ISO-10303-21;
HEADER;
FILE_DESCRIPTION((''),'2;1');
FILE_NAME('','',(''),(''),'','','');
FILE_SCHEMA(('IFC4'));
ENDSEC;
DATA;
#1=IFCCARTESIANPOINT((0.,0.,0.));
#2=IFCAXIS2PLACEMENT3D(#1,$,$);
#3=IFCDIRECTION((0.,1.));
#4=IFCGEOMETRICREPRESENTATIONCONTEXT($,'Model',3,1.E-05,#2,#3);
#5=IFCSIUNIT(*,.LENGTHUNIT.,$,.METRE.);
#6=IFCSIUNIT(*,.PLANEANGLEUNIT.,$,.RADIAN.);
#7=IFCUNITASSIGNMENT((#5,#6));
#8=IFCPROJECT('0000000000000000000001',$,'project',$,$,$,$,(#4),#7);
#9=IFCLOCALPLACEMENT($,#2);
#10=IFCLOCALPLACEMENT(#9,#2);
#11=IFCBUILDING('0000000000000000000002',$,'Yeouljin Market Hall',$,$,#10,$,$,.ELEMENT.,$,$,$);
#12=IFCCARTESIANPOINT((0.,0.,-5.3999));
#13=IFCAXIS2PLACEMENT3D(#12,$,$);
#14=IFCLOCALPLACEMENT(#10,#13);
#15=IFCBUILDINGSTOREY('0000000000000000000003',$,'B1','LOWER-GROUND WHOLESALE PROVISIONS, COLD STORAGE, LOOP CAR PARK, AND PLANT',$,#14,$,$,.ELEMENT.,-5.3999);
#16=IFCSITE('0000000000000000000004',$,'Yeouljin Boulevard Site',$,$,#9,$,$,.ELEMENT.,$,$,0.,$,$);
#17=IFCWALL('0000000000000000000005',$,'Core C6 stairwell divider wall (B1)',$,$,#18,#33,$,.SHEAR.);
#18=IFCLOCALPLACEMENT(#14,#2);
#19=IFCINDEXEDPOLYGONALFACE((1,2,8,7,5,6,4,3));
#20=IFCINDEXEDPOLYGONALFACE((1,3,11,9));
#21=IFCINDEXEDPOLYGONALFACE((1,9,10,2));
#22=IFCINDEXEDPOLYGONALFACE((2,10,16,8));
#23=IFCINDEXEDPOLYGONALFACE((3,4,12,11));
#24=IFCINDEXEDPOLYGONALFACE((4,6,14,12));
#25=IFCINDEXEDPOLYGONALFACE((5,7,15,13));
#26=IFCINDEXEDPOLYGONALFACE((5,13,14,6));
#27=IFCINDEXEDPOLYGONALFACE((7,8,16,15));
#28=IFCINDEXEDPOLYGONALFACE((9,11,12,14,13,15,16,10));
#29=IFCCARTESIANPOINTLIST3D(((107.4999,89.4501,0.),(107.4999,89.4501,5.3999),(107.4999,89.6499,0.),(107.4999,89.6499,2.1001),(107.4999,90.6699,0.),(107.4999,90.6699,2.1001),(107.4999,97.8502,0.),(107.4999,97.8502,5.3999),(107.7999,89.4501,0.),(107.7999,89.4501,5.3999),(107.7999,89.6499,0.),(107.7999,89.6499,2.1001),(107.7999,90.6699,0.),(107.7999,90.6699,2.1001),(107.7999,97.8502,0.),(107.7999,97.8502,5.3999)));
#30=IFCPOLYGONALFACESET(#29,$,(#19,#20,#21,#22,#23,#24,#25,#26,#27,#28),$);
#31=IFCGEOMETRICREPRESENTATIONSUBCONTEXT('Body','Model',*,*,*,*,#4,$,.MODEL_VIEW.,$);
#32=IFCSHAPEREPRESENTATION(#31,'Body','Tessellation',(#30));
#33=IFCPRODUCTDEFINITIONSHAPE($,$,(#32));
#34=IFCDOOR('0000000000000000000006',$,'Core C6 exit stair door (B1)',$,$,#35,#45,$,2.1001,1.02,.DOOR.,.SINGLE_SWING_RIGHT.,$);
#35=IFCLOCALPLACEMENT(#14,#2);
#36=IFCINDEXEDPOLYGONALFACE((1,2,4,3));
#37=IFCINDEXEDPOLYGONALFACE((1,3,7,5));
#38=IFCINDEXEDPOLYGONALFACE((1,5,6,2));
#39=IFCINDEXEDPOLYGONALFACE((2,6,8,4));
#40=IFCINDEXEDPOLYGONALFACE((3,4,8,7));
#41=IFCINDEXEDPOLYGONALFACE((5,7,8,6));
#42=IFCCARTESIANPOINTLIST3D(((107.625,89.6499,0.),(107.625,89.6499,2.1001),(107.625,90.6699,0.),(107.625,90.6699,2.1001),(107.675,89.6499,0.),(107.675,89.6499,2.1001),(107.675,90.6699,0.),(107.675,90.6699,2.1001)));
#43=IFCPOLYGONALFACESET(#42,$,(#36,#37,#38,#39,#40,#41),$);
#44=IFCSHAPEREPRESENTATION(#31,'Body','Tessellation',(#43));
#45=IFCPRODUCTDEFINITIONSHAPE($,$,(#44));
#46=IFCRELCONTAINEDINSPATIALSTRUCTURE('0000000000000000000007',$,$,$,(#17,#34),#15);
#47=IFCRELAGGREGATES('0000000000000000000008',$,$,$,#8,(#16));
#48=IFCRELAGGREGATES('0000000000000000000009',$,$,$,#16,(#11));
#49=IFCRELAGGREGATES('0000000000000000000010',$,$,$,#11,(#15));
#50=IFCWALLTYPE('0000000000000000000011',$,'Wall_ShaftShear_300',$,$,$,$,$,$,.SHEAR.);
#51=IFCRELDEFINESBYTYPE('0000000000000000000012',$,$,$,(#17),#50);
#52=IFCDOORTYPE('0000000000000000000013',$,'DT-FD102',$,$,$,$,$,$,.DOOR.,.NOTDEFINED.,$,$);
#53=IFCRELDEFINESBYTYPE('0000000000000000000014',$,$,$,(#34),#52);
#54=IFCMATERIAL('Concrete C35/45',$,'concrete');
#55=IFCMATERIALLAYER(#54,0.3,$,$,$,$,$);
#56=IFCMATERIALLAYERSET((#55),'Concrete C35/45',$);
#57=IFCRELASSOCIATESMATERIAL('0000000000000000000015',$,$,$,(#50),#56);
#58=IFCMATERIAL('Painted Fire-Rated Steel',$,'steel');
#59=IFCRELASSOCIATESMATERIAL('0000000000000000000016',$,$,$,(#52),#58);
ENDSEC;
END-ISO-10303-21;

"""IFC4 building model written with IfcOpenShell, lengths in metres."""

from ifc_helpers import new_model, si_unit, direction, frame, frame_2d, origin, place, context, subcontext, project, spatial, rectangle, extrude, material, layer, layer_set, type_object, element, fill, save


model = new_model("IFC4")

# Units and contexts
model_context = context("Model", 3, precision=1e-05, world=origin(), true_north=direction((0.0, 1.0)))
body_context = subcontext(model_context, "Body", "Model", "MODEL_VIEW")
ifc_project = project(units=[si_unit("LENGTHUNIT", "METRE"), si_unit("PLANEANGLEUNIT", "RADIAN")], contexts=[model_context])

# Site, building, storey
site_placement = place(None, origin())
site = spatial("IfcSite", under=ifc_project, at=site_placement, Name="Yeouljin Boulevard Site", CompositionType="ELEMENT", RefElevation=0.0)
building_placement = place(site_placement, origin())
building = spatial("IfcBuilding", under=site, at=building_placement, Name="Yeouljin Market Hall", CompositionType="ELEMENT")
storey_placement = place(building_placement, frame((0.0, 0.0, -5.3999)))
storey = spatial("IfcBuildingStorey", under=building, at=storey_placement, Name="B1", Description="LOWER-GROUND WHOLESALE PROVISIONS, COLD STORAGE, LOOP CAR PARK, AND PLANT", CompositionType="ELEMENT", Elevation=-5.3999)

# Wall, opening, door
ifc_material_1 = material(Name="Concrete C35/45", Category="concrete")
ifc_layer_1 = layer(ifc_material_1, 0.3)
ifc_layer_set_1 = layer_set([ifc_layer_1], Name="Concrete C35/45")
wall_type_1 = type_object("IfcWallType", Name="Wall_ShaftShear_300", PredefinedType="SHEAR", material=ifc_layer_set_1)
wall_1_placement = place(storey_placement, frame((107.6499, 89.45, 0.0), z_axis=(0.0, 0.0, 1.0), x_axis=(0.0, 1.0, 0.0)))
wall_1 = element("IfcWall", 1, at=wall_1_placement, inside=storey, type_object=wall_type_1, Name="Core C6 stairwell divider wall (B1)", PredefinedType="SHEAR", context=body_context, shape_type="SweptSolid", body=[
    extrude(rectangle(XDim=8.4001, YDim=0.3, at=frame_2d((4.2002, 0.0))), origin(), (0.0, 0.0, 1.0), 5.3999),
])
opening_1_placement = place(wall_1_placement, frame((0.2, 0.0, 0.0)))
opening_1 = element("IfcOpeningElement", 2, at=opening_1_placement, cuts=wall_1, PredefinedType="OPENING", context=body_context, shape_type="SweptSolid", body=[
    extrude(rectangle(XDim=1.02, YDim=2.1001, at=frame_2d((0.51, 1.05))), frame((0.0, 0.1599, 0.0), z_axis=(0.0, -1.0, 0.0), x_axis=(1.0, 0.0, 0.0)), (0.0, 0.0, 1.0), 0.3201),
])
ifc_material_2 = material(Name="Painted Fire-Rated Steel", Category="steel")
door_type_1 = type_object("IfcDoorType", Name="DT-FD102", OperationType="NOTDEFINED", PredefinedType="DOOR", material=ifc_material_2)
door_1_placement = place(opening_1_placement, origin())
door_1 = element("IfcDoor", 3, at=door_1_placement, inside=storey, type_object=door_type_1, Name="Core C6 exit stair door (B1)", OperationType="SINGLE_SWING_RIGHT", OverallHeight=2.1001, OverallWidth=1.02, PredefinedType="DOOR", context=body_context, shape_type="SweptSolid", body=[
    extrude(rectangle(XDim=1.02, YDim=2.1001, at=frame_2d((0.51, 1.05))), frame((0.0, 0.0249, 0.0), z_axis=(0.0, -1.0, 0.0), x_axis=(1.0, 0.0, 0.0)), (0.0, 0.0, 1.0), 0.05),
])
fill(opening_1, door_1)

save(model, "model.ifc")
